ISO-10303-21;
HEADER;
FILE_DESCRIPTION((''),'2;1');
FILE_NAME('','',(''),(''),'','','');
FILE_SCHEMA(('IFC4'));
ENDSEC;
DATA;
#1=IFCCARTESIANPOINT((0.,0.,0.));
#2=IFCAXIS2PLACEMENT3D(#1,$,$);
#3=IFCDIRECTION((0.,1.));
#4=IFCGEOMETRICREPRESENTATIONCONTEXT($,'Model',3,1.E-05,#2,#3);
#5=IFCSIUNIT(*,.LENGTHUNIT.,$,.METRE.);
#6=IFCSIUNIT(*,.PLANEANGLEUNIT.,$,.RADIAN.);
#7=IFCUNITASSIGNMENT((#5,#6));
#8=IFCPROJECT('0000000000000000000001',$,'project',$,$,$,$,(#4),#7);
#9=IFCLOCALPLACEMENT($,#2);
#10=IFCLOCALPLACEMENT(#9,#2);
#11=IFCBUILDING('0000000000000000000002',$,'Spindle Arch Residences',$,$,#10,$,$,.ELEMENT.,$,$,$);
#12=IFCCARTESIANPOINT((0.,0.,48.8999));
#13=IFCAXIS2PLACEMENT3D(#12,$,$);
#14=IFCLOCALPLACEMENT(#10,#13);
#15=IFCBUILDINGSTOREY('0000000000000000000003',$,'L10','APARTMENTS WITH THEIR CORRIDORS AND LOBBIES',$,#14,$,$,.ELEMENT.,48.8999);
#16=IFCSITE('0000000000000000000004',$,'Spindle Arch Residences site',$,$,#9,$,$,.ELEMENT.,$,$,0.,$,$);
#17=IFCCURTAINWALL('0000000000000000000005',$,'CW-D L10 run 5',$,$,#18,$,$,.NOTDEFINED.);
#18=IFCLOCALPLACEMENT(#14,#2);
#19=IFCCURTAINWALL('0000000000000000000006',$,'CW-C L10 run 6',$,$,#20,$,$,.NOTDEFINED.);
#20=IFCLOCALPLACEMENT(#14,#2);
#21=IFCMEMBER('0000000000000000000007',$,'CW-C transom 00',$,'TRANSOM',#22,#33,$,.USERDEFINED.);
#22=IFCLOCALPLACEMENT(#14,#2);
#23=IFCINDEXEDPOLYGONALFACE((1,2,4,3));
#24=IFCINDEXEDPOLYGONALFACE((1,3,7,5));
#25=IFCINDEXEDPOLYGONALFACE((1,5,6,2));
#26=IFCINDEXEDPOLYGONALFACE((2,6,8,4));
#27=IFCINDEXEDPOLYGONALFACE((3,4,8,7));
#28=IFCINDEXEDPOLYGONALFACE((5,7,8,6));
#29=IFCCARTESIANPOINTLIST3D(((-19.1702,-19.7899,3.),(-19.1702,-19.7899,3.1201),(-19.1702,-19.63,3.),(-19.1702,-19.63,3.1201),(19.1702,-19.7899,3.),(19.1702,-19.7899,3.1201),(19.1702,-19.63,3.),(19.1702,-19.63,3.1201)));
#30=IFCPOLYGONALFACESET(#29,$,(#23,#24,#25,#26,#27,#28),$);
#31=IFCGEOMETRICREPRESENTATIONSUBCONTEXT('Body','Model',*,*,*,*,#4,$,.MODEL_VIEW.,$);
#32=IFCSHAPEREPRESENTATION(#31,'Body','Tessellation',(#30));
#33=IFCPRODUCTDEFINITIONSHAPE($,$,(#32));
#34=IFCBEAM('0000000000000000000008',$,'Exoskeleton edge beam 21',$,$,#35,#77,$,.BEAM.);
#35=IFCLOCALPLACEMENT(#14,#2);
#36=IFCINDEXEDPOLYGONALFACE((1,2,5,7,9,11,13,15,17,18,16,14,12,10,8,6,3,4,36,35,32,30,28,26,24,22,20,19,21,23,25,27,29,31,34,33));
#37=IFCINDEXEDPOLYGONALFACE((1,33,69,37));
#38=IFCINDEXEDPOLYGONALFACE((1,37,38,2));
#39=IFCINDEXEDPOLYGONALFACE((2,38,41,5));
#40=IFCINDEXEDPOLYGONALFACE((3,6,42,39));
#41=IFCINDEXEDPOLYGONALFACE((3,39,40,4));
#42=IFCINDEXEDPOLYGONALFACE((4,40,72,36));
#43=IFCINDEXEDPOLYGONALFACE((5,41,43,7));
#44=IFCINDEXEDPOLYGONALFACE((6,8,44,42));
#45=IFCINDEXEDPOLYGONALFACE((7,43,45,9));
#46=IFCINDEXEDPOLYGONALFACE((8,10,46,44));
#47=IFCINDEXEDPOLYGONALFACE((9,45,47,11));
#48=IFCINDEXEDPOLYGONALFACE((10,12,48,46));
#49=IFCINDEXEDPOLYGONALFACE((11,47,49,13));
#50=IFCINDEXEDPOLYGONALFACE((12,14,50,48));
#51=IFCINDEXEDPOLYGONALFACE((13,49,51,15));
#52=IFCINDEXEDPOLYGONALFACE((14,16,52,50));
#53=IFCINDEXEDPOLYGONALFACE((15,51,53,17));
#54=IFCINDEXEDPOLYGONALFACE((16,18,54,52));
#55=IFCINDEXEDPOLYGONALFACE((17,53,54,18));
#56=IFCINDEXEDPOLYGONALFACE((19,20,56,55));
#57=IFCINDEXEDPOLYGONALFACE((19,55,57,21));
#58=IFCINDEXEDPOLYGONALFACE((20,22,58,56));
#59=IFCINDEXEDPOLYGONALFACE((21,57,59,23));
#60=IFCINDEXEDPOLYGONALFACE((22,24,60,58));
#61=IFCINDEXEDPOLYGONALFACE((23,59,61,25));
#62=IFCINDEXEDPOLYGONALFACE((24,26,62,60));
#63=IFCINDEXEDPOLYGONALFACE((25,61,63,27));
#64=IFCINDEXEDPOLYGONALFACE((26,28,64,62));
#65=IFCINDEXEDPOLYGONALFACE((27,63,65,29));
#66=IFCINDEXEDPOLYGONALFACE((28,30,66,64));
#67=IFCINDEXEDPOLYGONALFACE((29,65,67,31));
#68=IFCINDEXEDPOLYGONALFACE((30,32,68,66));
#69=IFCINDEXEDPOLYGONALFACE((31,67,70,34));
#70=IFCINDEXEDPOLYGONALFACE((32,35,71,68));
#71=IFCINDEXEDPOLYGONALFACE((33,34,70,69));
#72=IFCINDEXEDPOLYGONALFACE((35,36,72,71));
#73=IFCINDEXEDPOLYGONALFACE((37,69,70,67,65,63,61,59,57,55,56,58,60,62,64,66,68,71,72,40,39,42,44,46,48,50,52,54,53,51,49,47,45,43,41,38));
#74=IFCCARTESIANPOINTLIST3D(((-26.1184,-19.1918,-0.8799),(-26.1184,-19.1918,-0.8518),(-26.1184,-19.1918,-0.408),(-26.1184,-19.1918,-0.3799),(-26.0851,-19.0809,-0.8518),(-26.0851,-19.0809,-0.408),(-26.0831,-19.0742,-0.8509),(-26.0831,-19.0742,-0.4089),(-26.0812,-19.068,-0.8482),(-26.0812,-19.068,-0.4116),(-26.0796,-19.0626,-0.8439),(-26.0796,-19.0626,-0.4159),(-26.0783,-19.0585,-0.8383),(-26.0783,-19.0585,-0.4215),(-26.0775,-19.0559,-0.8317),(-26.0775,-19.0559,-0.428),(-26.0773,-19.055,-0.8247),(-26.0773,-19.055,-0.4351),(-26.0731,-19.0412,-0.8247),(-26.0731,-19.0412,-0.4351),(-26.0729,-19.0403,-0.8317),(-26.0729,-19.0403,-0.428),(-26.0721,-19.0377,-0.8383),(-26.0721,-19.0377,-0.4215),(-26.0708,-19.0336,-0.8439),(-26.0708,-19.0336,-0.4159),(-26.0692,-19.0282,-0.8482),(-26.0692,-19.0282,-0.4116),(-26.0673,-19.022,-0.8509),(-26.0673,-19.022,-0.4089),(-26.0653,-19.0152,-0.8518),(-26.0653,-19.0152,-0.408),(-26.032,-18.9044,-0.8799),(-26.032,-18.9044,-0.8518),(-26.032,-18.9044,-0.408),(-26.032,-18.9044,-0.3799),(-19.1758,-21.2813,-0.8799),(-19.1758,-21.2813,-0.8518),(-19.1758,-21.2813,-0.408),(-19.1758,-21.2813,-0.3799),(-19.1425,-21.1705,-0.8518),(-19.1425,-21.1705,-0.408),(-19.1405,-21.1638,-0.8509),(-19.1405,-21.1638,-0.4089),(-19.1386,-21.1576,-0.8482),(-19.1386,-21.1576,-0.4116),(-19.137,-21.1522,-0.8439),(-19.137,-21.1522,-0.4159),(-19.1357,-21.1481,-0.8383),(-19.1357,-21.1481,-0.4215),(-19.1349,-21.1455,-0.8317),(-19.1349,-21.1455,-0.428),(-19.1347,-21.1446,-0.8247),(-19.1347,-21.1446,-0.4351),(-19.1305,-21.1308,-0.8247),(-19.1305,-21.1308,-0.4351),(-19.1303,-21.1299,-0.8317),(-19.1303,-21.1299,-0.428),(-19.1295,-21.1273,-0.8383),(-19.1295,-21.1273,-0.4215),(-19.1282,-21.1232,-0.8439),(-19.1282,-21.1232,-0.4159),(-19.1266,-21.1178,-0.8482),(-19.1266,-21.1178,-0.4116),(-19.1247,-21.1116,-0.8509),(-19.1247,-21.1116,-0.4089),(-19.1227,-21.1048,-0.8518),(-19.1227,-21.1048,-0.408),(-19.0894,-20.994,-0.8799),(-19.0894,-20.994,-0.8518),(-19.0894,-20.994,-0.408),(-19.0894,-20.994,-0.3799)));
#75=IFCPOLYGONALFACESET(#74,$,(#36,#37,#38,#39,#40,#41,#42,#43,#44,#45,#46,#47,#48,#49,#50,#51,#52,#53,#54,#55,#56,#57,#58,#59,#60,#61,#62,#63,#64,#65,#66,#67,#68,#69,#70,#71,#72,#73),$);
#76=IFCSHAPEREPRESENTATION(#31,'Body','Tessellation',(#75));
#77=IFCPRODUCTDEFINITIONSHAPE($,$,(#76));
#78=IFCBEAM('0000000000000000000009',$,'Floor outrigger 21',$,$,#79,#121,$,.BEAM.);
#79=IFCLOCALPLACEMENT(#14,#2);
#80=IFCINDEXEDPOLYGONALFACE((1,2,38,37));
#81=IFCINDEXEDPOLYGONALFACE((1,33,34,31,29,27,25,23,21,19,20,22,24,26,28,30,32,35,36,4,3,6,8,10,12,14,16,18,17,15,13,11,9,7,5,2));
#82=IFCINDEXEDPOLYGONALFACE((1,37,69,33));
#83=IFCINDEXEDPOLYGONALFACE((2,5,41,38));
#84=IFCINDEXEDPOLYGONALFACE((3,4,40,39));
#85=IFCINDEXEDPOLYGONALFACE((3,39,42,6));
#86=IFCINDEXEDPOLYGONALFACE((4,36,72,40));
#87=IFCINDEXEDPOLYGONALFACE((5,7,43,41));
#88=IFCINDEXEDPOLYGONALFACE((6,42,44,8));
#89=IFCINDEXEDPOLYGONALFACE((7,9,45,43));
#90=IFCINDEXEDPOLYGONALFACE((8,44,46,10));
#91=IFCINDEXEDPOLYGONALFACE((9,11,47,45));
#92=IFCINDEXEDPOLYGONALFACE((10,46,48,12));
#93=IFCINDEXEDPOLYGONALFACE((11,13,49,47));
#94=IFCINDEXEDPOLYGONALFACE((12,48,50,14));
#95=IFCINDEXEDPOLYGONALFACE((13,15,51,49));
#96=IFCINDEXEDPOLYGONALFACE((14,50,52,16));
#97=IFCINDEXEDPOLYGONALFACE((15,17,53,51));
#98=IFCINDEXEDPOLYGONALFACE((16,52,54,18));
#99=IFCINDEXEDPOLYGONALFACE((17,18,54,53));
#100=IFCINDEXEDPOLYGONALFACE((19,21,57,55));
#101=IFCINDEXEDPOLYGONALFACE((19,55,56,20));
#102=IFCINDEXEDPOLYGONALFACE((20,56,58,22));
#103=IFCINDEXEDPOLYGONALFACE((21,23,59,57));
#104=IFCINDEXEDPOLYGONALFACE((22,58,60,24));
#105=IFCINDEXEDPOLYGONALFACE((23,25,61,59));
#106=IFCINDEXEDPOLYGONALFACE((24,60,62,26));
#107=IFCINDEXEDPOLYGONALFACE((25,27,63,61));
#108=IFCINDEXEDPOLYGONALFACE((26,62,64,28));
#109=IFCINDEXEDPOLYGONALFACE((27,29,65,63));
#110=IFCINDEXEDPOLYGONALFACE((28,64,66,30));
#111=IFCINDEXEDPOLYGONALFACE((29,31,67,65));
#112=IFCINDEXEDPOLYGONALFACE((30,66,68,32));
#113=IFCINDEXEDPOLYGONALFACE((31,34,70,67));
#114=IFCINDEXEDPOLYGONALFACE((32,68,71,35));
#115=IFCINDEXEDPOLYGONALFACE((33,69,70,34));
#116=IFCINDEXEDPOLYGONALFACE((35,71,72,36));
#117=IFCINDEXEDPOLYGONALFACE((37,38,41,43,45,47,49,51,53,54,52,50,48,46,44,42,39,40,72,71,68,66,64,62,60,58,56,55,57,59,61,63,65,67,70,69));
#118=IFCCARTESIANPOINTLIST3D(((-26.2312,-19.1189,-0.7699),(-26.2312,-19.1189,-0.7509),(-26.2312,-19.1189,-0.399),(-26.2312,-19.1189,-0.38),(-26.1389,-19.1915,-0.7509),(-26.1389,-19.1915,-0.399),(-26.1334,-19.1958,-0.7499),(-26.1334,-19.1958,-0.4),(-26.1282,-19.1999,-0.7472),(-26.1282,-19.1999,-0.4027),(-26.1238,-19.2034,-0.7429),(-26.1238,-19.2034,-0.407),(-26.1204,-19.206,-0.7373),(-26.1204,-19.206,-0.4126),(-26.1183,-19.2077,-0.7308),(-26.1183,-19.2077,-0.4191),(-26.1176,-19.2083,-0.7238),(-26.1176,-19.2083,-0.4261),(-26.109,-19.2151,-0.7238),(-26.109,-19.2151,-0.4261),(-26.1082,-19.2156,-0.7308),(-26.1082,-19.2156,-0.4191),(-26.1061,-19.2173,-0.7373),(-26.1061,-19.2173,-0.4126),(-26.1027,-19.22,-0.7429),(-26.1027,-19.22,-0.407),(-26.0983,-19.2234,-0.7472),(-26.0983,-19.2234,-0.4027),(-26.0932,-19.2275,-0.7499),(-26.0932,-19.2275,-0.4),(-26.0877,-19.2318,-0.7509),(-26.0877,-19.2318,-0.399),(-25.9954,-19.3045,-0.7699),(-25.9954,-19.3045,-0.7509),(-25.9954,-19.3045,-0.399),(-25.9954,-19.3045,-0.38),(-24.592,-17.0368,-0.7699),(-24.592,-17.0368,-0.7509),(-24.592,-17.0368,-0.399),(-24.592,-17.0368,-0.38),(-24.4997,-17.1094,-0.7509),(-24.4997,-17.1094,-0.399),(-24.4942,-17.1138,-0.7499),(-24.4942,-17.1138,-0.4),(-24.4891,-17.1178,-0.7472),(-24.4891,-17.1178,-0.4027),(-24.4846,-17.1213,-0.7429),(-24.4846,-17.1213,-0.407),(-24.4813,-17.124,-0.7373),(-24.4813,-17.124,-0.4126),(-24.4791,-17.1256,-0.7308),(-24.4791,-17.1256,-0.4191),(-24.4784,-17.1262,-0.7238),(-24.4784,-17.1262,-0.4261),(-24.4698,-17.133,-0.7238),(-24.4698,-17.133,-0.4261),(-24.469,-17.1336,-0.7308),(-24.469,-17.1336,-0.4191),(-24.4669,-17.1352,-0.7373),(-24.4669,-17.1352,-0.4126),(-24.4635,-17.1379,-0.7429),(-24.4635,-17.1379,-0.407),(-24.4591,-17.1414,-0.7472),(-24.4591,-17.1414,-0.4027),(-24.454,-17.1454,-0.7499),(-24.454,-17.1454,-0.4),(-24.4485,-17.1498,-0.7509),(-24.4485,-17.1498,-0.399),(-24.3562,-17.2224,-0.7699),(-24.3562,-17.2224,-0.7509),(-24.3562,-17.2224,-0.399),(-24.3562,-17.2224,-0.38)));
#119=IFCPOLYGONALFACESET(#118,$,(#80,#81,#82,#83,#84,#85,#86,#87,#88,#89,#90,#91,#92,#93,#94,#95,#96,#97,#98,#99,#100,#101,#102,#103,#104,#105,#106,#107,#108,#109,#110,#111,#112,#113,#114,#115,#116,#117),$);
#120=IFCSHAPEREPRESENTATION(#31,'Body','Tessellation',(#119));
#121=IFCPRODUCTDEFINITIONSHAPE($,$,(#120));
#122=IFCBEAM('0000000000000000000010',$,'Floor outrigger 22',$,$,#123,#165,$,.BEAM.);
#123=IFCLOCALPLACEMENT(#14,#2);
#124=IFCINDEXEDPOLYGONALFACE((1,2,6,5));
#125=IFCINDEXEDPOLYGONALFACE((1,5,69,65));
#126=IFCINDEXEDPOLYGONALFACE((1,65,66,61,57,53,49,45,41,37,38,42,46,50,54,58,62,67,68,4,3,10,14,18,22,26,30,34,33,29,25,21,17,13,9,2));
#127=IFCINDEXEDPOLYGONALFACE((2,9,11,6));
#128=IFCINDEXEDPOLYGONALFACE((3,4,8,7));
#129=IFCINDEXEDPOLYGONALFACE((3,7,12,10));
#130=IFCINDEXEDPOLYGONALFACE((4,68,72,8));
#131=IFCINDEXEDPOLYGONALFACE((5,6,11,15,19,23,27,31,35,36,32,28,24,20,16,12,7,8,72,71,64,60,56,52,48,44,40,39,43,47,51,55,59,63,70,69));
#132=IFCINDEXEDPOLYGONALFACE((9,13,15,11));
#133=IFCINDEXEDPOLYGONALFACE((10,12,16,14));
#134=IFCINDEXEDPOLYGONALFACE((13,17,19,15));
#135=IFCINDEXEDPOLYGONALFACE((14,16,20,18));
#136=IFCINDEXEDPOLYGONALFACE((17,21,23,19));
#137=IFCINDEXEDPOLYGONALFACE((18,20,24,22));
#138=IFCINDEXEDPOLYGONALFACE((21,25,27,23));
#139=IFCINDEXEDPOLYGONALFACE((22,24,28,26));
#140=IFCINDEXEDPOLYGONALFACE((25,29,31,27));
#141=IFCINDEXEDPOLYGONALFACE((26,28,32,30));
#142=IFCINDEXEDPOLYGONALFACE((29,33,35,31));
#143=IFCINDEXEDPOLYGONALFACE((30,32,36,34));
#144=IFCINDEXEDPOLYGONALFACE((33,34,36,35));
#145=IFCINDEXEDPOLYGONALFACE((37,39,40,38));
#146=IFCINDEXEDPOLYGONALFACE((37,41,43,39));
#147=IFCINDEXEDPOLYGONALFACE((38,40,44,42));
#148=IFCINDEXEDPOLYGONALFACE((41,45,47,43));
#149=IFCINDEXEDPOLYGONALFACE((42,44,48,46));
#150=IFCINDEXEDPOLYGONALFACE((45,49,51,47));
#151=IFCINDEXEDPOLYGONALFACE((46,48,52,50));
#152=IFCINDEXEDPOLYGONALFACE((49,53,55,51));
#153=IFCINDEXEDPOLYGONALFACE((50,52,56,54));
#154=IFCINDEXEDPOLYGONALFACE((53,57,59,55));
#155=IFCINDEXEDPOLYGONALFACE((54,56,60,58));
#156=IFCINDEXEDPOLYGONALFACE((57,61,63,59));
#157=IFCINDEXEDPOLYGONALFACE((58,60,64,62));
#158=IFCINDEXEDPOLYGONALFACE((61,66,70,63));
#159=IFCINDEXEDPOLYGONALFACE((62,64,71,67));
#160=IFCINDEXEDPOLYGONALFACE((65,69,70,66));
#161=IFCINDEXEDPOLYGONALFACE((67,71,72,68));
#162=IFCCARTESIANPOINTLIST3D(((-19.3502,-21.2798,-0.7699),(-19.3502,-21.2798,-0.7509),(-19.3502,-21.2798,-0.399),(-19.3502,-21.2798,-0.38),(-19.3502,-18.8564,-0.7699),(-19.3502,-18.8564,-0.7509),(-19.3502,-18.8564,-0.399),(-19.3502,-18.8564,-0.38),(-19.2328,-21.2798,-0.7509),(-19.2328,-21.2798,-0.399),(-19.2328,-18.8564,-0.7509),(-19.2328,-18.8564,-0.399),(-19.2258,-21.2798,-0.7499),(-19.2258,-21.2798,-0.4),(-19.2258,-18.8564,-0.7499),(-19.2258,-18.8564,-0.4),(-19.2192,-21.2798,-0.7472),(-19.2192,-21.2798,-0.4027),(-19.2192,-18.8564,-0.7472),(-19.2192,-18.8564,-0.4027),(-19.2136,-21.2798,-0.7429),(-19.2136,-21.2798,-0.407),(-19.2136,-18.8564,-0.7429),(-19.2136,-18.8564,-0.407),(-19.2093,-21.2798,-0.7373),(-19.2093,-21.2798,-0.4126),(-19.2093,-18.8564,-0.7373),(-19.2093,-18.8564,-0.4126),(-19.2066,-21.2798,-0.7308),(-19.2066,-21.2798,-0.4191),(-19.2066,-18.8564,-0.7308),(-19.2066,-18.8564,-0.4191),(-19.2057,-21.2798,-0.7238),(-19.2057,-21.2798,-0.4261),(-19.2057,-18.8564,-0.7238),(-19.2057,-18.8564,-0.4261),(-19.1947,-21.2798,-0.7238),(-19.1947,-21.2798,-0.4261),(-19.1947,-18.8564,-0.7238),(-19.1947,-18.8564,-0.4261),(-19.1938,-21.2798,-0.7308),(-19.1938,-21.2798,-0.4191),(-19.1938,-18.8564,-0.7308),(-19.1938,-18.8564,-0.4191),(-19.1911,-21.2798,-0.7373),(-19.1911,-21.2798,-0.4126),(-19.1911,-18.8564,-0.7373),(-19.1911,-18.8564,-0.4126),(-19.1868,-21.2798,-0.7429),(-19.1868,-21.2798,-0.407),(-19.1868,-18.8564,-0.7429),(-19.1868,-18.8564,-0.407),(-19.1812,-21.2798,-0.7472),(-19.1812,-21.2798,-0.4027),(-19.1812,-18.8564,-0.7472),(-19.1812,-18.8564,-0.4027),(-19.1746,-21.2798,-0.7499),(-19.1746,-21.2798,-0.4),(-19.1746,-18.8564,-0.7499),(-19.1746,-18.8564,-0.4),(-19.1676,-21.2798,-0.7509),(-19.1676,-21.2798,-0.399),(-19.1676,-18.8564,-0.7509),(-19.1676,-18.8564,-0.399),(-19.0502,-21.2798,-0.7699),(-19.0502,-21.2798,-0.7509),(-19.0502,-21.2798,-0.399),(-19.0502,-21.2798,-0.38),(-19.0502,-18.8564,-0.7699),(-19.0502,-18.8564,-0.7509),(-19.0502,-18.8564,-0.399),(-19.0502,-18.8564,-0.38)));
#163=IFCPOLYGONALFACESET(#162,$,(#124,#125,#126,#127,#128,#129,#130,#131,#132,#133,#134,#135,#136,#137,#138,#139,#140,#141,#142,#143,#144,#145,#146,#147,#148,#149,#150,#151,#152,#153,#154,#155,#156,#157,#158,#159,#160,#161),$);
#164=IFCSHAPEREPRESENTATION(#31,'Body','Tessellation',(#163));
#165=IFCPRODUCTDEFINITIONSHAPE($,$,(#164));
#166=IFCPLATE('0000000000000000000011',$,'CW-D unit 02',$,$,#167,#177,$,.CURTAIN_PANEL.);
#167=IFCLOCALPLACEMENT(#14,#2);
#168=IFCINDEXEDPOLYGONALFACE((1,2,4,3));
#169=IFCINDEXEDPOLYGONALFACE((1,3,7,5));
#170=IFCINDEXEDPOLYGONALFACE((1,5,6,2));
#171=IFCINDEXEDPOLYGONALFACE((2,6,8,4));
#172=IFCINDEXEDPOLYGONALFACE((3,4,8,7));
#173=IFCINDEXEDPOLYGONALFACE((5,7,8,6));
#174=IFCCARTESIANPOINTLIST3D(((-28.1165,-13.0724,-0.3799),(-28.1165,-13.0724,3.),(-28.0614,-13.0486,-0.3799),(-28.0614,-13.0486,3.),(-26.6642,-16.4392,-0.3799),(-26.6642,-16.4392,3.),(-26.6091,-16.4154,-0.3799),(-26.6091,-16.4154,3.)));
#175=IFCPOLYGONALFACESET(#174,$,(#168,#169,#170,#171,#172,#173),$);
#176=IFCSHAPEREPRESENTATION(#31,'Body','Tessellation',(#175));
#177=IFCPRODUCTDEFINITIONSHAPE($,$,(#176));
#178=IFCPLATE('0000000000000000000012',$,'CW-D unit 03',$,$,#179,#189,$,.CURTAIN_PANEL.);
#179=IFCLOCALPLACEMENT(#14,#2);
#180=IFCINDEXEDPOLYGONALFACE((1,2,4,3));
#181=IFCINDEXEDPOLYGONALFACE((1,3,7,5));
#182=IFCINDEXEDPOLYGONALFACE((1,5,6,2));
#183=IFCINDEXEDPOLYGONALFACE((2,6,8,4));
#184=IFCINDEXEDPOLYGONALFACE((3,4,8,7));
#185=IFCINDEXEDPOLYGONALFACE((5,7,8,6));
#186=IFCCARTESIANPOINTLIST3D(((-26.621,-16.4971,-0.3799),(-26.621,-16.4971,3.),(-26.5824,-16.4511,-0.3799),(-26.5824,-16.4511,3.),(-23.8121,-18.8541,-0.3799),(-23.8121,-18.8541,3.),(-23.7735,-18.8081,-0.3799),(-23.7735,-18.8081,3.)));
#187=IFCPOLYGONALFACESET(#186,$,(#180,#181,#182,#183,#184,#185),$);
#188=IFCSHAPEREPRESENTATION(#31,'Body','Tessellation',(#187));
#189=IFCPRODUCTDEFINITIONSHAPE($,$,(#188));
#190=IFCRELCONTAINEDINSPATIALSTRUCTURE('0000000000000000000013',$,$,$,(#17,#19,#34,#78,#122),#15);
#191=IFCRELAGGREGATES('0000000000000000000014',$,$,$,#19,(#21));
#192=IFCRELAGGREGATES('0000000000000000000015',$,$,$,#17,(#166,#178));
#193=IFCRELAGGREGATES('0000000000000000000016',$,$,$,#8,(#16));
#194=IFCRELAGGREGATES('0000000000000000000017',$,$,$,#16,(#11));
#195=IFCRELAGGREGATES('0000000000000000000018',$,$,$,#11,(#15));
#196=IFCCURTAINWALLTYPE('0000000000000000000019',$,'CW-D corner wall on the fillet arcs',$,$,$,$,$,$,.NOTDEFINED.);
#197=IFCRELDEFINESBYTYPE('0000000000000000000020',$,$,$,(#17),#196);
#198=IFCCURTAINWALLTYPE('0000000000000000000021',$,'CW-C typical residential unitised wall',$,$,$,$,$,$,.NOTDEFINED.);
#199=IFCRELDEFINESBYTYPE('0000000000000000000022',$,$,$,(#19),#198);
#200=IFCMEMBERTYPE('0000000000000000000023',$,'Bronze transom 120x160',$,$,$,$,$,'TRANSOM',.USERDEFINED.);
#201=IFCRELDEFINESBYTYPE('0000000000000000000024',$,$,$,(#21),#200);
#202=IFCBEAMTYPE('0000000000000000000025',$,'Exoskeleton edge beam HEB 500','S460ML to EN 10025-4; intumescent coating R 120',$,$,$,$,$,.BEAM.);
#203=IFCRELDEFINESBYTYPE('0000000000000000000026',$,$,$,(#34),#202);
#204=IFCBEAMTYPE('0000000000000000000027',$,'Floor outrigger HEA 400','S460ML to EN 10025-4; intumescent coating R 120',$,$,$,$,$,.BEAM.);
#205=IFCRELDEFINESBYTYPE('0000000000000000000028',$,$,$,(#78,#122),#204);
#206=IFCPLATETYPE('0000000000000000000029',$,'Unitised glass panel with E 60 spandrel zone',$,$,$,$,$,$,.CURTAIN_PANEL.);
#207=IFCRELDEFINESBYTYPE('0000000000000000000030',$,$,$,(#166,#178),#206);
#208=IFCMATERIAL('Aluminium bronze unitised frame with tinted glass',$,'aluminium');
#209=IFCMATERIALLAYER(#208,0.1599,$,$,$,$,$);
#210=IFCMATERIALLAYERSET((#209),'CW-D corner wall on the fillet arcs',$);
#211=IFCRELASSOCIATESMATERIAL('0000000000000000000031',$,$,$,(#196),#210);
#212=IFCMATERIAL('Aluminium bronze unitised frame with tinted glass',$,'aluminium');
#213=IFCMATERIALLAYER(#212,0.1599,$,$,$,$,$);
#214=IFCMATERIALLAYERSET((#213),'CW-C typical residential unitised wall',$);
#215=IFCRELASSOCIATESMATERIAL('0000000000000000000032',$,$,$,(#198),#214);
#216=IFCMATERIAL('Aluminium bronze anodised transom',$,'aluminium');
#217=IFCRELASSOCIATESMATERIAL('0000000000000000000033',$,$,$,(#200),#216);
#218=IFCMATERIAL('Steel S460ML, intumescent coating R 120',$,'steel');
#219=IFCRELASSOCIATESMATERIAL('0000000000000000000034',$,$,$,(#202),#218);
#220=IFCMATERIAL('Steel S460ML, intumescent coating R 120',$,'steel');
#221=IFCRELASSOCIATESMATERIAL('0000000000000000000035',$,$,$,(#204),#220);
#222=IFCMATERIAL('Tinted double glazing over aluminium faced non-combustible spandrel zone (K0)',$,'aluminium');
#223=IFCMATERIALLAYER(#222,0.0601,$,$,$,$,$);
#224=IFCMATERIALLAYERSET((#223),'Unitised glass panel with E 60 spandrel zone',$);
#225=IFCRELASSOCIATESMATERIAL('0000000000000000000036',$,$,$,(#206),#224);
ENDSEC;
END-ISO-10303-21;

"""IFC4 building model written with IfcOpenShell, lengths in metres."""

from ifc_helpers import new_model, si_unit, direction, frame, origin, origin_2d, place, context, subcontext, project, spatial, rectangle, i_section, extrude, material, layer, layer_set, material_profile, profile_set, type_object, element, aggregate, save


model = new_model("IFC4")

# Units and contexts
model_context = context("Model", 3, precision=1e-05, world=origin(), true_north=direction((0.0, 1.0)))
body_context = subcontext(model_context, "Body", "Model", "MODEL_VIEW")
ifc_project = project(units=[si_unit("LENGTHUNIT", "METRE"), si_unit("PLANEANGLEUNIT", "RADIAN")], contexts=[model_context])

# Site, building, storey
site_placement = place(None, origin())
site = spatial("IfcSite", under=ifc_project, at=site_placement, Name="Spindle Arch Residences site", CompositionType="ELEMENT", RefElevation=0.0)
building_placement = place(site_placement, origin())
building = spatial("IfcBuilding", under=site, at=building_placement, Name="Spindle Arch Residences", CompositionType="ELEMENT")
storey_placement = place(building_placement, frame((0.0, 0.0, 48.8999)))
storey = spatial("IfcBuildingStorey", under=building, at=storey_placement, Name="L10", Description="APARTMENTS WITH THEIR CORRIDORS AND LOBBIES", CompositionType="ELEMENT", Elevation=48.8999)

# Curtain wall
ifc_material_1 = material(Name="Aluminium bronze unitised frame with tinted glass", Category="aluminium")
ifc_layer_1 = layer(ifc_material_1, 0.1599)
ifc_layer_set_1 = layer_set([ifc_layer_1], Name="CW-D corner wall on the fillet arcs")
curtain_wall_type_1 = type_object("IfcCurtainWallType", Name="CW-D corner wall on the fillet arcs", PredefinedType="NOTDEFINED", material=ifc_layer_set_1)
curtain_wall_1_placement = place(storey_placement, origin())
curtain_wall_1 = element("IfcCurtainWall", 1, at=curtain_wall_1_placement, inside=storey, type_object=curtain_wall_type_1, Name="CW-D L10 run 5", PredefinedType="NOTDEFINED")

# Curtain wall
ifc_material_2 = material(Name="Aluminium bronze unitised frame with tinted glass", Category="aluminium")
ifc_layer_2 = layer(ifc_material_2, 0.1599)
ifc_layer_set_2 = layer_set([ifc_layer_2], Name="CW-C typical residential unitised wall")
curtain_wall_type_2 = type_object("IfcCurtainWallType", Name="CW-C typical residential unitised wall", PredefinedType="NOTDEFINED", material=ifc_layer_set_2)
curtain_wall_2_placement = place(storey_placement, origin())
curtain_wall_2 = element("IfcCurtainWall", 2, at=curtain_wall_2_placement, inside=storey, type_object=curtain_wall_type_2, Name="CW-C L10 run 6", PredefinedType="NOTDEFINED")

# Member
ifc_material_3 = material(Name="Aluminium bronze anodised transom", Category="aluminium")
ifc_material_profile_1 = material_profile(ifc_material_3, rectangle(XDim=0.1599, YDim=0.1201, at=origin_2d()), Name="TR 120x160")
ifc_profile_set_1 = profile_set([ifc_material_profile_1], Name="Aluminium bronze anodised transom")
member_type_1 = type_object("IfcMemberType", Name="Bronze transom 120x160", ElementType="TRANSOM", PredefinedType="USERDEFINED", material=ifc_profile_set_1)
member_1_placement = place(storey_placement, frame((-19.1702, -19.71, 3.0601), z_axis=(1.0, 0.0, 0.0), x_axis=(0.0, 1.0, 0.0)))
member_1 = element("IfcMember", 3, at=member_1_placement, type_object=member_type_1, Name="CW-C transom 00", ObjectType="TRANSOM", PredefinedType="USERDEFINED", context=body_context, shape_type="SweptSolid", body=[
    extrude(rectangle(XDim=0.1599, YDim=0.1201, at=origin_2d()), origin(), (0.0, 0.0, 1.0), 38.3403),
])
aggregate(curtain_wall_2, [member_1])

# Beams
ifc_material_4 = material(Name="Steel S460ML, intumescent coating R 120", Category="steel")
ifc_material_profile_2 = material_profile(ifc_material_4, i_section(OverallWidth=0.3, OverallDepth=0.5, WebThickness=0.0144, FlangeThickness=0.0281, FilletRadius=0.0271, at=origin_2d()), Name="HEB 500")
ifc_profile_set_2 = profile_set([ifc_material_profile_2], Name="Steel S460ML, intumescent coating R 120")
beam_type_1 = type_object("IfcBeamType", Name="Exoskeleton edge beam HEB 500", Description="S460ML to EN 10025-4; intumescent coating R 120", PredefinedType="BEAM", material=ifc_profile_set_2)
beam_1_placement = place(storey_placement, frame((-26.0752, -19.0481, -0.6299), z_axis=(0.957567, -0.28821, 0.0), x_axis=(0.28821, 0.957567, 0.0)))
element("IfcBeam", 4, at=beam_1_placement, inside=storey, type_object=beam_type_1, Name="Exoskeleton edge beam 21", PredefinedType="BEAM", context=body_context, shape_type="SweptSolid", body=[
    extrude(i_section(OverallWidth=0.3, OverallDepth=0.5, WebThickness=0.0144, FlangeThickness=0.0281, FilletRadius=0.0271, at=origin_2d()), origin(), (0.0, 0.0, 1.0), 7.2502),
])
ifc_material_5 = material(Name="Steel S460ML, intumescent coating R 120", Category="steel")
ifc_material_profile_3 = material_profile(ifc_material_5, i_section(OverallWidth=0.3, OverallDepth=0.3899, WebThickness=0.011, FlangeThickness=0.019, FilletRadius=0.0271, at=origin_2d()), Name="HEA 400")
ifc_profile_set_3 = profile_set([ifc_material_profile_3], Name="Steel S460ML, intumescent coating R 120")
beam_type_2 = type_object("IfcBeamType", Name="Floor outrigger HEA 400", Description="S460ML to EN 10025-4; intumescent coating R 120", PredefinedType="BEAM", material=ifc_profile_set_3)
beam_2_placement = place(storey_placement, frame((-26.1133, -19.2117, -0.575), z_axis=(0.618586, 0.785717, 0.0), x_axis=(-0.785717, 0.618586, 0.0)))
element("IfcBeam", 5, at=beam_2_placement, inside=storey, type_object=beam_type_2, Name="Floor outrigger 21", PredefinedType="BEAM", context=body_context, shape_type="SweptSolid", body=[
    extrude(i_section(OverallWidth=0.3, OverallDepth=0.3899, WebThickness=0.011, FlangeThickness=0.019, FilletRadius=0.0271, at=origin_2d()), origin(), (0.0, 0.0, 1.0), 2.6499),
])
beam_3_placement = place(storey_placement, frame((-19.2002, -21.2798, -0.575), z_axis=(0.0, 1.0, 0.0), x_axis=(-1.0, 0.0, 0.0)))
element("IfcBeam", 6, at=beam_3_placement, inside=storey, type_object=beam_type_2, Name="Floor outrigger 22", PredefinedType="BEAM", context=body_context, shape_type="SweptSolid", body=[
    extrude(i_section(OverallWidth=0.3, OverallDepth=0.3899, WebThickness=0.011, FlangeThickness=0.019, FilletRadius=0.0271, at=origin_2d()), origin(), (0.0, 0.0, 1.0), 2.4233),
])

# Plates
ifc_material_6 = material(Name="Tinted double glazing over aluminium faced non-combustible spandrel zone (K0)", Category="aluminium")
ifc_layer_3 = layer(ifc_material_6, 0.0601)
ifc_layer_set_3 = layer_set([ifc_layer_3], Name="Unitised glass panel with E 60 spandrel zone")
plate_type = type_object("IfcPlateType", Name="Unitised glass panel with E 60 spandrel zone", PredefinedType="CURTAIN_PANEL", material=ifc_layer_set_3)
plate_1_placement = place(storey_placement, frame((-27.3628, -14.7439, -0.3799), z_axis=(0.0, 0.0, 1.0), x_axis=(0.39608, -0.918216, 0.0)))
plate_1 = element("IfcPlate", 7, at=plate_1_placement, type_object=plate_type, Name="CW-D unit 02", PredefinedType="CURTAIN_PANEL", context=body_context, shape_type="SweptSolid", body=[
    extrude(rectangle(XDim=3.6667, YDim=0.0601, at=origin_2d()), origin(), (0.0, 0.0, 1.0), 3.3799),
])
plate_2_placement = place(storey_placement, frame((-25.1973, -17.6526, -0.3799), z_axis=(0.0, 0.0, 1.0), x_axis=(0.766044, -0.642788, 0.0)))
plate_2 = element("IfcPlate", 8, at=plate_2_placement, type_object=plate_type, Name="CW-D unit 03", PredefinedType="CURTAIN_PANEL", context=body_context, shape_type="SweptSolid", body=[
    extrude(rectangle(XDim=3.6667, YDim=0.0601, at=origin_2d()), origin(), (0.0, 0.0, 1.0), 3.3799),
])
aggregate(curtain_wall_1, [plate_1, plate_2])

save(model, "model.ifc")
